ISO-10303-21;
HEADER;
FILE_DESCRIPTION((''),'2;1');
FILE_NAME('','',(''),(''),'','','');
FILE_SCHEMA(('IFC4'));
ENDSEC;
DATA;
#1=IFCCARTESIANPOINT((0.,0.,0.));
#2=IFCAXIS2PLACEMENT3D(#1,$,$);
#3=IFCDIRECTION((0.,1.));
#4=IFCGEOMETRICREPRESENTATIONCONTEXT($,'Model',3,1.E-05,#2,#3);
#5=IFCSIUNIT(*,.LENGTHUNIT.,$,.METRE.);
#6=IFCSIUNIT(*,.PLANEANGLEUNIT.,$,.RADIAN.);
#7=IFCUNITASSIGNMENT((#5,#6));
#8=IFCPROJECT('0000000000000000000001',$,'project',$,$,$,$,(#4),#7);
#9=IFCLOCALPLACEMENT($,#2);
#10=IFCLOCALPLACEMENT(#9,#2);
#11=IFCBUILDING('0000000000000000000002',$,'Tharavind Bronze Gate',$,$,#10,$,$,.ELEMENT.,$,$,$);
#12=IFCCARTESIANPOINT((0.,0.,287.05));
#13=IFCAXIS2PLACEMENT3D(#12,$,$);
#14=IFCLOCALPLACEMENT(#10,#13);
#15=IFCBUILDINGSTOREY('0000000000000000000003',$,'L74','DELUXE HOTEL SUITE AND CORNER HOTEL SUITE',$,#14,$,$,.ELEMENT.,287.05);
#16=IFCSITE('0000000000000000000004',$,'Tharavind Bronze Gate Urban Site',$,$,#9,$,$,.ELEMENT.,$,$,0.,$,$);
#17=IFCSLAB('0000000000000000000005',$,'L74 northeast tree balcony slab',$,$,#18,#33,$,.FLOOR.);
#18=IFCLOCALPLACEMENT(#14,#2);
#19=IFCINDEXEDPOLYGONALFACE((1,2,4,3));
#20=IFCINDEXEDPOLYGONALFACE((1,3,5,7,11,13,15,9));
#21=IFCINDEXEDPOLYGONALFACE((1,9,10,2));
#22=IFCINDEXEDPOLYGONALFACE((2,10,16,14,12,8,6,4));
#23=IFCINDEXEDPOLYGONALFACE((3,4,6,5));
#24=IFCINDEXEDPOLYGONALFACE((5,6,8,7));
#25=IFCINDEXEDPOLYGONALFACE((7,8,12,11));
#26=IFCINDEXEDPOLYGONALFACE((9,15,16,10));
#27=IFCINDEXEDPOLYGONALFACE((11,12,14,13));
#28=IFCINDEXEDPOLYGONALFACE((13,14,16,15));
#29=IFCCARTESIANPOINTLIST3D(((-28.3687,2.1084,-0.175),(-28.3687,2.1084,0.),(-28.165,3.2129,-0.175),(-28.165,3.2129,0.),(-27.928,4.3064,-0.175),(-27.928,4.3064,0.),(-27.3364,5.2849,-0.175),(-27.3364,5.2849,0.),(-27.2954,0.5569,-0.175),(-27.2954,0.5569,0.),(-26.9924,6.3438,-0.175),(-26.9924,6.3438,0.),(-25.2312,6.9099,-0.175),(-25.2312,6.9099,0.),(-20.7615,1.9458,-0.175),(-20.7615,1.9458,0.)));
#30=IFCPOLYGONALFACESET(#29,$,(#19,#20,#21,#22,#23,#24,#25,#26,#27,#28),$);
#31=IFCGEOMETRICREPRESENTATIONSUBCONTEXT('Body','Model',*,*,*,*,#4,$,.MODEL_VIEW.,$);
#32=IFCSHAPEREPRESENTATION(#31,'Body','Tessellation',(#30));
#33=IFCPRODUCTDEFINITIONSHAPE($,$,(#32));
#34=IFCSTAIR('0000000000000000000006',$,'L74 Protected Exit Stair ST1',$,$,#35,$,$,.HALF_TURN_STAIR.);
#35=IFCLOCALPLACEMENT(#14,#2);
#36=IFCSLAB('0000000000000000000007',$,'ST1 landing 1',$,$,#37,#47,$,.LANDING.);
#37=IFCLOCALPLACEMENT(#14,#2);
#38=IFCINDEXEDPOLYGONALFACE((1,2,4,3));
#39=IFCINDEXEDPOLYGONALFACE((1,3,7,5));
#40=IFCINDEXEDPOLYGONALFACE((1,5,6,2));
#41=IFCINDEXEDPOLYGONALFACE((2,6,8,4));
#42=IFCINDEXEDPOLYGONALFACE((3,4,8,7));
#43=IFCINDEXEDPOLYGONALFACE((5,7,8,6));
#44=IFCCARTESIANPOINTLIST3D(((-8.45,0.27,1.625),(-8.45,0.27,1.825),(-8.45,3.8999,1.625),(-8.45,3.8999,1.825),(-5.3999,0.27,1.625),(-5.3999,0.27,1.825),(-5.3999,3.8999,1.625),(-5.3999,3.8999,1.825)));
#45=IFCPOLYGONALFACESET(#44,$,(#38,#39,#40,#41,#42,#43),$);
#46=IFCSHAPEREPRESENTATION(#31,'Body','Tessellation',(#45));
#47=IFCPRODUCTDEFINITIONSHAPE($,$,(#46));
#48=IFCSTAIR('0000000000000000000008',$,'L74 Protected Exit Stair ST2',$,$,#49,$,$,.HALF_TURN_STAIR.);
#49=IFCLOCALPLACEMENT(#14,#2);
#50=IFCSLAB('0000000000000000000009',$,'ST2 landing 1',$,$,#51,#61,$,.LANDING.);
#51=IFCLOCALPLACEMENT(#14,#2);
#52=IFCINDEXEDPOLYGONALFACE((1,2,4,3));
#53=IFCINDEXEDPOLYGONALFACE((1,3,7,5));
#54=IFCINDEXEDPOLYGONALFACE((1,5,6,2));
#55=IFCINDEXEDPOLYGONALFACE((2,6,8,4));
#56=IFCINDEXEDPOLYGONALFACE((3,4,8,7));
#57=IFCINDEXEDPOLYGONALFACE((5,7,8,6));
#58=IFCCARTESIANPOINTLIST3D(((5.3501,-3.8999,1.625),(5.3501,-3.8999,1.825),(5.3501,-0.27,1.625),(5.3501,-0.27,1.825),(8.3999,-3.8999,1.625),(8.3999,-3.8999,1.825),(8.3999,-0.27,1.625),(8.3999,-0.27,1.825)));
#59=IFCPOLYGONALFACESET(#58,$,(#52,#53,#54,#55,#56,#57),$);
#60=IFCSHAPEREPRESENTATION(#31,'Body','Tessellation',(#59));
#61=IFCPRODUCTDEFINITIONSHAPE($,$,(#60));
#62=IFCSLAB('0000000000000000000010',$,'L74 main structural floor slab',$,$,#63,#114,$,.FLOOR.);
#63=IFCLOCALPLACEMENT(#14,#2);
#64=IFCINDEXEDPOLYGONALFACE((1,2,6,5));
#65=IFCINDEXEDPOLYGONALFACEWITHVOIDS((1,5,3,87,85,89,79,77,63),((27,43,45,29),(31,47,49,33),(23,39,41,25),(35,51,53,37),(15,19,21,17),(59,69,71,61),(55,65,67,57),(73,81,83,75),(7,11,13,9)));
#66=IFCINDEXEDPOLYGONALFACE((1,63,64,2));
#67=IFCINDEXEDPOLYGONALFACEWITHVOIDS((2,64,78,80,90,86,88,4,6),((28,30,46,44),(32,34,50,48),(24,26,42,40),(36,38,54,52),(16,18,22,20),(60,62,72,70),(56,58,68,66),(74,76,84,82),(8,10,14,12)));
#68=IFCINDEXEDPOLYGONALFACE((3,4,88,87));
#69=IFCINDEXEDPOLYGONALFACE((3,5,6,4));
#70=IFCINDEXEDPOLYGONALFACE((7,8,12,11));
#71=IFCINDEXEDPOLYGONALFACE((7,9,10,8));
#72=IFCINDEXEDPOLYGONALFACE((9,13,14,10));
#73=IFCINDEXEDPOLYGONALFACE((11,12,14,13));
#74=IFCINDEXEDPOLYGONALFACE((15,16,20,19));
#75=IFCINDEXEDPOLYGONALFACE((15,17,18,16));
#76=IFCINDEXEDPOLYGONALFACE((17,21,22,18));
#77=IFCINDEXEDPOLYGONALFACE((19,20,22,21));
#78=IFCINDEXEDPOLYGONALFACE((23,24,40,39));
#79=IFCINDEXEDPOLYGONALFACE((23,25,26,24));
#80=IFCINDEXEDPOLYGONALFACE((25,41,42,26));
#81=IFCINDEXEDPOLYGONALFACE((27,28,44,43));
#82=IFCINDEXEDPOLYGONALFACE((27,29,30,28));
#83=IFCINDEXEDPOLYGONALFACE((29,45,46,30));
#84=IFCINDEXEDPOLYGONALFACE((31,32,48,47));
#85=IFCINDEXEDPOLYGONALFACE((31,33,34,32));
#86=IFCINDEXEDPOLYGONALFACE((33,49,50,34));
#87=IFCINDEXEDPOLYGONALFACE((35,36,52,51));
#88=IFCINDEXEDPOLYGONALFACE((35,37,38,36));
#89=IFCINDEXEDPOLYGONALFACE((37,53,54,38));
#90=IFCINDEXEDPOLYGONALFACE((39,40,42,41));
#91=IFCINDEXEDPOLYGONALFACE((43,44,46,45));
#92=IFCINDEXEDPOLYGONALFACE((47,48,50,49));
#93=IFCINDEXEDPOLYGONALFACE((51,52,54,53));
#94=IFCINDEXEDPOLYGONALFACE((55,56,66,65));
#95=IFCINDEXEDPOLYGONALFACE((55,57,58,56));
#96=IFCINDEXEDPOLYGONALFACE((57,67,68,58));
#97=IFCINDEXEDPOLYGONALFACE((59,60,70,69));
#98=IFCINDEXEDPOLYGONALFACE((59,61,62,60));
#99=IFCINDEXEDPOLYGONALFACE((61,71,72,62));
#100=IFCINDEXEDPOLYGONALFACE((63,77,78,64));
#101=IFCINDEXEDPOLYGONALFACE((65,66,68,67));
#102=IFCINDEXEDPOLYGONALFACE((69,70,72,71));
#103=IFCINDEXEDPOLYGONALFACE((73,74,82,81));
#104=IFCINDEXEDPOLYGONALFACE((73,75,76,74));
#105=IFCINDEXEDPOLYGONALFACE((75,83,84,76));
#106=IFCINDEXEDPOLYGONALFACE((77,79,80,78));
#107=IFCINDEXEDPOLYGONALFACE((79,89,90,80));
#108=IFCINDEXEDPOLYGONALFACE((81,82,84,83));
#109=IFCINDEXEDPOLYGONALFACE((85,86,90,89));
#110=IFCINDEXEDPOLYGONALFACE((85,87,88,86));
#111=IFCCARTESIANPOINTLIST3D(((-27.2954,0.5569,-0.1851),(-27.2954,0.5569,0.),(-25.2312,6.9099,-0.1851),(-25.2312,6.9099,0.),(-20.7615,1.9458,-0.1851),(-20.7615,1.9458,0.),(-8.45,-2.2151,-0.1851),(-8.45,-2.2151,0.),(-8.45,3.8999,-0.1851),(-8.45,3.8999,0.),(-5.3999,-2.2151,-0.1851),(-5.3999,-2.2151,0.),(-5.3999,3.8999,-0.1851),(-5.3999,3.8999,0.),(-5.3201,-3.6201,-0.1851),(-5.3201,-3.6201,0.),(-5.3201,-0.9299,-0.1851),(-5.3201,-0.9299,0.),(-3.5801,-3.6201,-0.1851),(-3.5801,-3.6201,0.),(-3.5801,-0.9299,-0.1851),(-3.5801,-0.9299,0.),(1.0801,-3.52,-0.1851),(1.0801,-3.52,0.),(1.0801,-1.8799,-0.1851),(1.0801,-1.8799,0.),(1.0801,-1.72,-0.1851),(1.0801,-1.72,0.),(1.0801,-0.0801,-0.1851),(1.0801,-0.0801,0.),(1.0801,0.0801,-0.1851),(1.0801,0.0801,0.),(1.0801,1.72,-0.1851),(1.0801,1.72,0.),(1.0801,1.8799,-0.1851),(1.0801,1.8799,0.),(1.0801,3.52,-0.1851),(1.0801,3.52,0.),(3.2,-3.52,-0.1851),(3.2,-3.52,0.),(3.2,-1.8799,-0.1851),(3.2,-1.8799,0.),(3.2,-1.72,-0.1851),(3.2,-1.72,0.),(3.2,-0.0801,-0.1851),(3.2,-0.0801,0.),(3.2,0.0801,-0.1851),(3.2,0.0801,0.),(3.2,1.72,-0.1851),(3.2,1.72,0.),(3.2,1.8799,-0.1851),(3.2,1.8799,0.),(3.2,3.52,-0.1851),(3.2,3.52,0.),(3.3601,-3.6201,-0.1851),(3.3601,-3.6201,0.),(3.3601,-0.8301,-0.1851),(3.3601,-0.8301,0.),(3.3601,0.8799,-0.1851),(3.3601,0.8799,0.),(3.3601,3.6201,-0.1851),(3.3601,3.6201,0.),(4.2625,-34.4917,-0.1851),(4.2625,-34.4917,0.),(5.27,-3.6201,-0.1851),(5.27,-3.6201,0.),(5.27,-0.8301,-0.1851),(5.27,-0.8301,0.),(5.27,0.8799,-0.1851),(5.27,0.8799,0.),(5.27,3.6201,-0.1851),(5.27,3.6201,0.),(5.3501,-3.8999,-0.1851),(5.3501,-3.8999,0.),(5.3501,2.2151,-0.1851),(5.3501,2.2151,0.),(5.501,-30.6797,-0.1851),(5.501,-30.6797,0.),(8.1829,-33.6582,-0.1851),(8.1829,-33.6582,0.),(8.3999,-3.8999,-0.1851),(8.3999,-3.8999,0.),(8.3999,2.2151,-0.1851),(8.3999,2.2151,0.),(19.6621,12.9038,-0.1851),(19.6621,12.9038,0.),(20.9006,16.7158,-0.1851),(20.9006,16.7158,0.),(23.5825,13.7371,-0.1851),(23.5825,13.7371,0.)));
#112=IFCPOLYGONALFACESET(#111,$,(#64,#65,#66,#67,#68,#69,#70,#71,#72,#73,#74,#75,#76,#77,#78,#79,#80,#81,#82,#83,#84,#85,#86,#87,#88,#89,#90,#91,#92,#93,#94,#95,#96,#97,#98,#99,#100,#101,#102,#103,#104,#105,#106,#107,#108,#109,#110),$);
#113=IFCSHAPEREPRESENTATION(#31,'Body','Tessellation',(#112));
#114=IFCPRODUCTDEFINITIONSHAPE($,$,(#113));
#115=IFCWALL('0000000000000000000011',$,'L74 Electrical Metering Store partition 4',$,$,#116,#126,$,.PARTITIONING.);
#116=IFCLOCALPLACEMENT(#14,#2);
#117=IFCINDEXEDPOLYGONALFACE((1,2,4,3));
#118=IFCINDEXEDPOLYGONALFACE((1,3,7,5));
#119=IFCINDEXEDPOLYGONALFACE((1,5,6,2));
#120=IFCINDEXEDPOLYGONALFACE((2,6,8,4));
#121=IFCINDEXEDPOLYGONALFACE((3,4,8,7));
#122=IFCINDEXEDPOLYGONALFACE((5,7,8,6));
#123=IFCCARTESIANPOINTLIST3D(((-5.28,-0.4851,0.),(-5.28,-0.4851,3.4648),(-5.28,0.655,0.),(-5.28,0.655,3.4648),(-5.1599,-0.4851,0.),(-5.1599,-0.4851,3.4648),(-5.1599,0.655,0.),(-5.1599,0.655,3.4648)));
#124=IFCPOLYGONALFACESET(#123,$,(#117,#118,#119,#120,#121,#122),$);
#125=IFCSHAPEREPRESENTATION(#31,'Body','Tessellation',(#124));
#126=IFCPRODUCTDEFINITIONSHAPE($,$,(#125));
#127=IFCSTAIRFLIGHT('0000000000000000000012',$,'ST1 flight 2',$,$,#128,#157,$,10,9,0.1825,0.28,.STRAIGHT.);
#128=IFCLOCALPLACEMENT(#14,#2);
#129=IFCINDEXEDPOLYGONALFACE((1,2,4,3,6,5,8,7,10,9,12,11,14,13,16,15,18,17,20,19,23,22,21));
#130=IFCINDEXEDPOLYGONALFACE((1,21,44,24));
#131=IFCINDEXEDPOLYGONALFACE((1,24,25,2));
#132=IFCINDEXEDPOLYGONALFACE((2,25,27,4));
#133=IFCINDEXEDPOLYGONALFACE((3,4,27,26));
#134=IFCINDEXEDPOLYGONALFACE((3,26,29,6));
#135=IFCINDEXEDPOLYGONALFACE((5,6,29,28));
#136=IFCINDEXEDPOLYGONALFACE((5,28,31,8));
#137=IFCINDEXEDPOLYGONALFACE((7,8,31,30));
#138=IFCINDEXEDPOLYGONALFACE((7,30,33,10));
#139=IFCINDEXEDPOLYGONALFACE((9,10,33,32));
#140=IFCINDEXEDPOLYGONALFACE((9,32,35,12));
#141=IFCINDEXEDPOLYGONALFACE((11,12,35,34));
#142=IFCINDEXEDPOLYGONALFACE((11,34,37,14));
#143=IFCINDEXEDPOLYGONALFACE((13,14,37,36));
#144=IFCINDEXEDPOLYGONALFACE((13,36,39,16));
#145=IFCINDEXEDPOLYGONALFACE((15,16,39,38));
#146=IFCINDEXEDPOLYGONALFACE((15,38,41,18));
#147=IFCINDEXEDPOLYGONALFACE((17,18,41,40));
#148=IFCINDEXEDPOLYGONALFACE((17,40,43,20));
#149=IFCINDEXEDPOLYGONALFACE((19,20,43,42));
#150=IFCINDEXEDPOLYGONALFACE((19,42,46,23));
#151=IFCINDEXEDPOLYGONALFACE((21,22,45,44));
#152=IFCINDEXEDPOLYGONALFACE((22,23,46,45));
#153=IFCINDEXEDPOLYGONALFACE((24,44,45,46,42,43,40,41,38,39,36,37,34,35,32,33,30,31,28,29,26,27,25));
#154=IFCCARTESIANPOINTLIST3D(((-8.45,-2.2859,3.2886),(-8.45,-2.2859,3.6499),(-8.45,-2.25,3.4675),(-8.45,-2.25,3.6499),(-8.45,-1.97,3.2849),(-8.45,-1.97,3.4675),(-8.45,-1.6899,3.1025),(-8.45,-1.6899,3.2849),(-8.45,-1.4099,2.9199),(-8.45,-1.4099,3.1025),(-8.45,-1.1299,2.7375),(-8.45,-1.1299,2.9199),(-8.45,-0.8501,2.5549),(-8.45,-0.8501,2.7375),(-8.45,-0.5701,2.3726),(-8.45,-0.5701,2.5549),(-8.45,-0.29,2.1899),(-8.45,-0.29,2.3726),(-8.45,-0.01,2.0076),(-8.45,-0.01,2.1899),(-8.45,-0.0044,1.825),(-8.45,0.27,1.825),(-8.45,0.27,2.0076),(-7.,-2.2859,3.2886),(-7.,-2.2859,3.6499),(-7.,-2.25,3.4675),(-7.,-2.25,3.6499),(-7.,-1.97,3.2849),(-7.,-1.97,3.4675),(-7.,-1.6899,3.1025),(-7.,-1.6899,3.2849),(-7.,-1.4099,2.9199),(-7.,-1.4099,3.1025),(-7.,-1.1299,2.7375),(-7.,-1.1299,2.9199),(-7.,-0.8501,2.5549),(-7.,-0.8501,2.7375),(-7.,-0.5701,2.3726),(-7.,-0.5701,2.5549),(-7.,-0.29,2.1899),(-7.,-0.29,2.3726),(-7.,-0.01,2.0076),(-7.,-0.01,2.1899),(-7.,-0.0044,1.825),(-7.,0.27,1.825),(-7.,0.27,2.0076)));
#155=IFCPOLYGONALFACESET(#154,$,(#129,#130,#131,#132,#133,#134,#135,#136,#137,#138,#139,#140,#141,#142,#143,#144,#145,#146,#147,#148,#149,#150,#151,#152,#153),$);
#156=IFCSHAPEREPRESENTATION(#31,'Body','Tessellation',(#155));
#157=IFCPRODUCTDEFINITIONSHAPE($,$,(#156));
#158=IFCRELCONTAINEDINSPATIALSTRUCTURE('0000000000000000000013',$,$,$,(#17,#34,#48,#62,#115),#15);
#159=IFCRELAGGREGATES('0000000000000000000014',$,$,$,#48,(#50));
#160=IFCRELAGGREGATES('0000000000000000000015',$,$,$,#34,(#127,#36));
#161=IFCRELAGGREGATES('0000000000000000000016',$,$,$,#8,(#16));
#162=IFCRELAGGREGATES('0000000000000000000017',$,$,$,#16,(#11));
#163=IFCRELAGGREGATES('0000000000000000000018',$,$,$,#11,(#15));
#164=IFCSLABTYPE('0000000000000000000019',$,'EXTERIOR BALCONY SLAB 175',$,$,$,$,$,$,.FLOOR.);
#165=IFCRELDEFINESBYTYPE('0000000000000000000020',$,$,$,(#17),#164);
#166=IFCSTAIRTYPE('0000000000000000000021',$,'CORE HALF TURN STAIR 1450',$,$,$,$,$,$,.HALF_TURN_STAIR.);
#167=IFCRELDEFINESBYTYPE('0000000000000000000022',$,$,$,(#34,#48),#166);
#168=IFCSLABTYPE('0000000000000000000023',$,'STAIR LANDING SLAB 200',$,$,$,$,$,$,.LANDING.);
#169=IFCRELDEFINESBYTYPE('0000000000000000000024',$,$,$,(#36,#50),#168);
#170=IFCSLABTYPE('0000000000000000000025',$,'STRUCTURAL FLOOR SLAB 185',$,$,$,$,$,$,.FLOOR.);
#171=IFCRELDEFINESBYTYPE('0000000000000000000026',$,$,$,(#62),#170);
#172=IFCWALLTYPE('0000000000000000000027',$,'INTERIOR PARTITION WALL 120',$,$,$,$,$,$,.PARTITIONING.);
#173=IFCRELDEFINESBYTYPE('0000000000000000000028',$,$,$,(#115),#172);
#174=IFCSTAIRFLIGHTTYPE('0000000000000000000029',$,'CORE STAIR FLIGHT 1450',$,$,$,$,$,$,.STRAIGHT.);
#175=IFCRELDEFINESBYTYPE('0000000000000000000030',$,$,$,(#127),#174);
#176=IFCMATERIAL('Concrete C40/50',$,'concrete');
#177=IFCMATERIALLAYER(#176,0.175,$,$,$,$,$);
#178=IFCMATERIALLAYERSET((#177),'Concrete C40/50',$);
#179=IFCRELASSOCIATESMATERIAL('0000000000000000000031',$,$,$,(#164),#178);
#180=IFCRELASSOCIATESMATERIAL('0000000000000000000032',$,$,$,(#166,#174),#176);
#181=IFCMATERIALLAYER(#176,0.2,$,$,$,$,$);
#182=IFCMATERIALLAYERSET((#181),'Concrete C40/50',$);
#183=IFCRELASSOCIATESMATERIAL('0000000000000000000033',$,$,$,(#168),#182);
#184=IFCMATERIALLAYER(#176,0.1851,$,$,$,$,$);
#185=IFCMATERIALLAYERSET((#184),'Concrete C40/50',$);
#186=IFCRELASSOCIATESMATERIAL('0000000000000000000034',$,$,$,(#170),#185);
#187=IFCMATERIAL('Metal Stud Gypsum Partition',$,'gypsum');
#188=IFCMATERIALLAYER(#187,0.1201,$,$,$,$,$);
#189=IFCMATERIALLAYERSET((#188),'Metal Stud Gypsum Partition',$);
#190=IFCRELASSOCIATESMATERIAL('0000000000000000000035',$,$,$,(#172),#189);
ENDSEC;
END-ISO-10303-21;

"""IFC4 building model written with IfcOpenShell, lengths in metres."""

from ifc_helpers import new_model, si_unit, direction, frame, frame_2d, origin, place, context, subcontext, project, spatial, polyline, rectangle, outline, extrude, material, layer, layer_set, type_object, element, aggregate, save


model = new_model("IFC4")

# Units and contexts
model_context = context("Model", 3, precision=1e-05, world=origin(), true_north=direction((0.0, 1.0)))
body_context = subcontext(model_context, "Body", "Model", "MODEL_VIEW")
ifc_project = project(units=[si_unit("LENGTHUNIT", "METRE"), si_unit("PLANEANGLEUNIT", "RADIAN")], contexts=[model_context])

# Site, building, storey
site_placement = place(None, origin())
site = spatial("IfcSite", under=ifc_project, at=site_placement, Name="Tharavind Bronze Gate Urban Site", CompositionType="ELEMENT", RefElevation=0.0)
building_placement = place(site_placement, origin())
building = spatial("IfcBuilding", under=site, at=building_placement, Name="Tharavind Bronze Gate", CompositionType="ELEMENT")
storey_placement = place(building_placement, frame((0.0, 0.0, 287.05)))
storey = spatial("IfcBuildingStorey", under=building, at=storey_placement, Name="L74", Description="DELUXE HOTEL SUITE AND CORNER HOTEL SUITE", CompositionType="ELEMENT", Elevation=287.05)

# Slab
ifc_material_1 = material(Name="Concrete C40/50", Category="concrete")
ifc_layer_1 = layer(ifc_material_1, 0.175)
ifc_layer_set_1 = layer_set([ifc_layer_1], Name="Concrete C40/50")
slab_type_1 = type_object("IfcSlabType", Name="EXTERIOR BALCONY SLAB 175", PredefinedType="FLOOR", material=ifc_layer_set_1)
slab_1_placement = place(storey_placement, frame((0.0, 0.0, -0.175)))
element("IfcSlab", 1, at=slab_1_placement, inside=storey, type_object=slab_type_1, Name="L74 northeast tree balcony slab", PredefinedType="FLOOR", context=body_context, shape_type="SweptSolid", body=[
    extrude(outline(polyline([(-26.9924, 6.3438), (-27.3364, 5.2849), (-27.928, 4.3064), (-28.165, 3.2129), (-28.3687, 2.1084), (-27.2954, 0.5569), (-20.7615, 1.9458), (-25.2312, 6.9099), (-26.9924, 6.3438)])), origin(), (0.0, 0.0, 1.0), 0.175),
])

# Stairs, slabs
stair_type = type_object("IfcStairType", Name="CORE HALF TURN STAIR 1450", PredefinedType="HALF_TURN_STAIR", material=ifc_material_1)
stair_1_placement = place(storey_placement, origin())
stair_1 = element("IfcStair", 2, at=stair_1_placement, inside=storey, type_object=stair_type, Name="L74 Protected Exit Stair ST1", PredefinedType="HALF_TURN_STAIR")
ifc_layer_2 = layer(ifc_material_1, 0.2)
ifc_layer_set_2 = layer_set([ifc_layer_2], Name="Concrete C40/50")
slab_type_2 = type_object("IfcSlabType", Name="STAIR LANDING SLAB 200", PredefinedType="LANDING", material=ifc_layer_set_2)
slab_2_placement = place(storey_placement, frame((0.0, 0.0, 1.625)))
slab_2 = element("IfcSlab", 3, at=slab_2_placement, type_object=slab_type_2, Name="ST1 landing 1", PredefinedType="LANDING", context=body_context, shape_type="SweptSolid", body=[
    extrude(outline(polyline([(-5.3999, 0.27), (-5.3999, 3.8999), (-8.45, 3.8999), (-8.45, 0.27), (-5.3999, 0.27)])), origin(), (0.0, 0.0, 1.0), 0.2),
])
stair_2_placement = place(storey_placement, origin())
stair_2 = element("IfcStair", 4, at=stair_2_placement, inside=storey, type_object=stair_type, Name="L74 Protected Exit Stair ST2", PredefinedType="HALF_TURN_STAIR")
slab_3_placement = place(storey_placement, frame((0.0, 0.0, 1.625)))
slab_3 = element("IfcSlab", 5, at=slab_3_placement, type_object=slab_type_2, Name="ST2 landing 1", PredefinedType="LANDING", context=body_context, shape_type="SweptSolid", body=[
    extrude(outline(polyline([(5.3501, -0.27), (5.3501, -3.8999), (8.3999, -3.8999), (8.3999, -0.27), (5.3501, -0.27)])), origin(), (0.0, 0.0, 1.0), 0.2),
])
aggregate(stair_2, [slab_3])

# Slab
ifc_layer_3 = layer(ifc_material_1, 0.1851)
ifc_layer_set_3 = layer_set([ifc_layer_3], Name="Concrete C40/50")
slab_type_3 = type_object("IfcSlabType", Name="STRUCTURAL FLOOR SLAB 185", PredefinedType="FLOOR", material=ifc_layer_set_3)
slab_4_placement = place(storey_placement, frame((0.0, 0.0, -0.1851)))
element("IfcSlab", 6, at=slab_4_placement, inside=storey, type_object=slab_type_3, Name="L74 main structural floor slab", PredefinedType="FLOOR", context=body_context, shape_type="SweptSolid", body=[
    extrude(outline(polyline([(-25.2312, 6.9099), (-20.7615, 1.9458), (-27.2954, 0.5569), (4.2625, -34.4917), (5.501, -30.6797), (8.1829, -33.6582), (23.5825, 13.7371), (19.6621, 12.9038), (20.9006, 16.7158), (-25.2312, 6.9099)]), holes=[polyline([(-5.3999, -2.2151), (-5.3999, 3.8999), (-8.45, 3.8999), (-8.45, -2.2151), (-5.3999, -2.2151)]), polyline([(5.3501, 2.2151), (5.3501, -3.8999), (8.3999, -3.8999), (8.3999, 2.2151), (5.3501, 2.2151)]), polyline([(1.0801, -3.52), (3.2, -3.52), (3.2, -1.8799), (1.0801, -1.8799), (1.0801, -3.52)]), polyline([(1.0801, -1.72), (3.2, -1.72), (3.2, -0.0801), (1.0801, -0.0801), (1.0801, -1.72)]), polyline([(1.0801, 0.0801), (3.2, 0.0801), (3.2, 1.72), (1.0801, 1.72), (1.0801, 0.0801)]), polyline([(1.0801, 1.8799), (3.2, 1.8799), (3.2, 3.52), (1.0801, 3.52), (1.0801, 1.8799)]), polyline([(-5.3201, -3.6201), (-3.5801, -3.6201), (-3.5801, -0.9299), (-5.3201, -0.9299), (-5.3201, -3.6201)]), polyline([(3.3601, 0.8799), (5.27, 0.8799), (5.27, 3.6201), (3.3601, 3.6201), (3.3601, 0.8799)]), polyline([(3.3601, -3.6201), (5.27, -3.6201), (5.27, -0.8301), (3.3601, -0.8301), (3.3601, -3.6201)])]), origin(), (0.0, 0.0, 1.0), 0.1851),
])

# Wall
ifc_material_2 = material(Name="Metal Stud Gypsum Partition", Category="gypsum")
ifc_layer_4 = layer(ifc_material_2, 0.1201)
ifc_layer_set_4 = layer_set([ifc_layer_4], Name="Metal Stud Gypsum Partition")
wall_type = type_object("IfcWallType", Name="INTERIOR PARTITION WALL 120", PredefinedType="PARTITIONING", material=ifc_layer_set_4)
wall_placement = place(storey_placement, frame((-5.22, 0.655, 0.0), z_axis=(0.0, 0.0, 1.0), x_axis=(0.0, -1.0, 0.0)))
element("IfcWall", 7, at=wall_placement, inside=storey, type_object=wall_type, Name="L74 Electrical Metering Store partition 4", PredefinedType="PARTITIONING", context=body_context, shape_type="SweptSolid", body=[
    extrude(rectangle(XDim=1.1401, YDim=0.1201, at=frame_2d((0.5701, 0.0))), origin(), (0.0, 0.0, 1.0), 3.4648),
])

# Stair flight
stair_flight_type = type_object("IfcStairFlightType", Name="CORE STAIR FLIGHT 1450", PredefinedType="STRAIGHT", material=ifc_material_1)
stair_flight_placement = place(storey_placement, frame((-7.7251, 0.27, 1.825), z_axis=(0.0, 0.0, 1.0), x_axis=(0.0, -1.0, 0.0)))
stair_flight = element("IfcStairFlight", 8, at=stair_flight_placement, type_object=stair_flight_type, Name="ST1 flight 2", NumberOfRisers=10, NumberOfTreads=9, PredefinedType="STRAIGHT", RiserHeight=0.1825, TreadLength=0.28, context=body_context, shape_type="SweptSolid", body=[
    extrude(outline(polyline([(0.0, 0.0), (0.0, 0.1826), (0.28, 0.1826), (0.28, 0.365), (0.5601, 0.365), (0.5601, 0.5476), (0.8401, 0.5476), (0.8401, 0.73), (1.1201, 0.73), (1.1201, 0.9126), (1.3999, 0.9126), (1.3999, 1.095), (1.6799, 1.095), (1.6799, 1.2776), (1.96, 1.2776), (1.96, 1.46), (2.24, 1.46), (2.24, 1.6426), (2.52, 1.6426), (2.52, 1.825), (2.5559, 1.825), (2.5559, 1.4636), (0.2744, 0.0), (0.0, 0.0)])), frame((0.0, 0.7251, 0.0), z_axis=(0.0, -1.0, 0.0), x_axis=(1.0, 0.0, 0.0)), (0.0, 0.0, 1.0), 1.45),
])
aggregate(stair_1, [stair_flight, slab_2])

save(model, "model.ifc")
